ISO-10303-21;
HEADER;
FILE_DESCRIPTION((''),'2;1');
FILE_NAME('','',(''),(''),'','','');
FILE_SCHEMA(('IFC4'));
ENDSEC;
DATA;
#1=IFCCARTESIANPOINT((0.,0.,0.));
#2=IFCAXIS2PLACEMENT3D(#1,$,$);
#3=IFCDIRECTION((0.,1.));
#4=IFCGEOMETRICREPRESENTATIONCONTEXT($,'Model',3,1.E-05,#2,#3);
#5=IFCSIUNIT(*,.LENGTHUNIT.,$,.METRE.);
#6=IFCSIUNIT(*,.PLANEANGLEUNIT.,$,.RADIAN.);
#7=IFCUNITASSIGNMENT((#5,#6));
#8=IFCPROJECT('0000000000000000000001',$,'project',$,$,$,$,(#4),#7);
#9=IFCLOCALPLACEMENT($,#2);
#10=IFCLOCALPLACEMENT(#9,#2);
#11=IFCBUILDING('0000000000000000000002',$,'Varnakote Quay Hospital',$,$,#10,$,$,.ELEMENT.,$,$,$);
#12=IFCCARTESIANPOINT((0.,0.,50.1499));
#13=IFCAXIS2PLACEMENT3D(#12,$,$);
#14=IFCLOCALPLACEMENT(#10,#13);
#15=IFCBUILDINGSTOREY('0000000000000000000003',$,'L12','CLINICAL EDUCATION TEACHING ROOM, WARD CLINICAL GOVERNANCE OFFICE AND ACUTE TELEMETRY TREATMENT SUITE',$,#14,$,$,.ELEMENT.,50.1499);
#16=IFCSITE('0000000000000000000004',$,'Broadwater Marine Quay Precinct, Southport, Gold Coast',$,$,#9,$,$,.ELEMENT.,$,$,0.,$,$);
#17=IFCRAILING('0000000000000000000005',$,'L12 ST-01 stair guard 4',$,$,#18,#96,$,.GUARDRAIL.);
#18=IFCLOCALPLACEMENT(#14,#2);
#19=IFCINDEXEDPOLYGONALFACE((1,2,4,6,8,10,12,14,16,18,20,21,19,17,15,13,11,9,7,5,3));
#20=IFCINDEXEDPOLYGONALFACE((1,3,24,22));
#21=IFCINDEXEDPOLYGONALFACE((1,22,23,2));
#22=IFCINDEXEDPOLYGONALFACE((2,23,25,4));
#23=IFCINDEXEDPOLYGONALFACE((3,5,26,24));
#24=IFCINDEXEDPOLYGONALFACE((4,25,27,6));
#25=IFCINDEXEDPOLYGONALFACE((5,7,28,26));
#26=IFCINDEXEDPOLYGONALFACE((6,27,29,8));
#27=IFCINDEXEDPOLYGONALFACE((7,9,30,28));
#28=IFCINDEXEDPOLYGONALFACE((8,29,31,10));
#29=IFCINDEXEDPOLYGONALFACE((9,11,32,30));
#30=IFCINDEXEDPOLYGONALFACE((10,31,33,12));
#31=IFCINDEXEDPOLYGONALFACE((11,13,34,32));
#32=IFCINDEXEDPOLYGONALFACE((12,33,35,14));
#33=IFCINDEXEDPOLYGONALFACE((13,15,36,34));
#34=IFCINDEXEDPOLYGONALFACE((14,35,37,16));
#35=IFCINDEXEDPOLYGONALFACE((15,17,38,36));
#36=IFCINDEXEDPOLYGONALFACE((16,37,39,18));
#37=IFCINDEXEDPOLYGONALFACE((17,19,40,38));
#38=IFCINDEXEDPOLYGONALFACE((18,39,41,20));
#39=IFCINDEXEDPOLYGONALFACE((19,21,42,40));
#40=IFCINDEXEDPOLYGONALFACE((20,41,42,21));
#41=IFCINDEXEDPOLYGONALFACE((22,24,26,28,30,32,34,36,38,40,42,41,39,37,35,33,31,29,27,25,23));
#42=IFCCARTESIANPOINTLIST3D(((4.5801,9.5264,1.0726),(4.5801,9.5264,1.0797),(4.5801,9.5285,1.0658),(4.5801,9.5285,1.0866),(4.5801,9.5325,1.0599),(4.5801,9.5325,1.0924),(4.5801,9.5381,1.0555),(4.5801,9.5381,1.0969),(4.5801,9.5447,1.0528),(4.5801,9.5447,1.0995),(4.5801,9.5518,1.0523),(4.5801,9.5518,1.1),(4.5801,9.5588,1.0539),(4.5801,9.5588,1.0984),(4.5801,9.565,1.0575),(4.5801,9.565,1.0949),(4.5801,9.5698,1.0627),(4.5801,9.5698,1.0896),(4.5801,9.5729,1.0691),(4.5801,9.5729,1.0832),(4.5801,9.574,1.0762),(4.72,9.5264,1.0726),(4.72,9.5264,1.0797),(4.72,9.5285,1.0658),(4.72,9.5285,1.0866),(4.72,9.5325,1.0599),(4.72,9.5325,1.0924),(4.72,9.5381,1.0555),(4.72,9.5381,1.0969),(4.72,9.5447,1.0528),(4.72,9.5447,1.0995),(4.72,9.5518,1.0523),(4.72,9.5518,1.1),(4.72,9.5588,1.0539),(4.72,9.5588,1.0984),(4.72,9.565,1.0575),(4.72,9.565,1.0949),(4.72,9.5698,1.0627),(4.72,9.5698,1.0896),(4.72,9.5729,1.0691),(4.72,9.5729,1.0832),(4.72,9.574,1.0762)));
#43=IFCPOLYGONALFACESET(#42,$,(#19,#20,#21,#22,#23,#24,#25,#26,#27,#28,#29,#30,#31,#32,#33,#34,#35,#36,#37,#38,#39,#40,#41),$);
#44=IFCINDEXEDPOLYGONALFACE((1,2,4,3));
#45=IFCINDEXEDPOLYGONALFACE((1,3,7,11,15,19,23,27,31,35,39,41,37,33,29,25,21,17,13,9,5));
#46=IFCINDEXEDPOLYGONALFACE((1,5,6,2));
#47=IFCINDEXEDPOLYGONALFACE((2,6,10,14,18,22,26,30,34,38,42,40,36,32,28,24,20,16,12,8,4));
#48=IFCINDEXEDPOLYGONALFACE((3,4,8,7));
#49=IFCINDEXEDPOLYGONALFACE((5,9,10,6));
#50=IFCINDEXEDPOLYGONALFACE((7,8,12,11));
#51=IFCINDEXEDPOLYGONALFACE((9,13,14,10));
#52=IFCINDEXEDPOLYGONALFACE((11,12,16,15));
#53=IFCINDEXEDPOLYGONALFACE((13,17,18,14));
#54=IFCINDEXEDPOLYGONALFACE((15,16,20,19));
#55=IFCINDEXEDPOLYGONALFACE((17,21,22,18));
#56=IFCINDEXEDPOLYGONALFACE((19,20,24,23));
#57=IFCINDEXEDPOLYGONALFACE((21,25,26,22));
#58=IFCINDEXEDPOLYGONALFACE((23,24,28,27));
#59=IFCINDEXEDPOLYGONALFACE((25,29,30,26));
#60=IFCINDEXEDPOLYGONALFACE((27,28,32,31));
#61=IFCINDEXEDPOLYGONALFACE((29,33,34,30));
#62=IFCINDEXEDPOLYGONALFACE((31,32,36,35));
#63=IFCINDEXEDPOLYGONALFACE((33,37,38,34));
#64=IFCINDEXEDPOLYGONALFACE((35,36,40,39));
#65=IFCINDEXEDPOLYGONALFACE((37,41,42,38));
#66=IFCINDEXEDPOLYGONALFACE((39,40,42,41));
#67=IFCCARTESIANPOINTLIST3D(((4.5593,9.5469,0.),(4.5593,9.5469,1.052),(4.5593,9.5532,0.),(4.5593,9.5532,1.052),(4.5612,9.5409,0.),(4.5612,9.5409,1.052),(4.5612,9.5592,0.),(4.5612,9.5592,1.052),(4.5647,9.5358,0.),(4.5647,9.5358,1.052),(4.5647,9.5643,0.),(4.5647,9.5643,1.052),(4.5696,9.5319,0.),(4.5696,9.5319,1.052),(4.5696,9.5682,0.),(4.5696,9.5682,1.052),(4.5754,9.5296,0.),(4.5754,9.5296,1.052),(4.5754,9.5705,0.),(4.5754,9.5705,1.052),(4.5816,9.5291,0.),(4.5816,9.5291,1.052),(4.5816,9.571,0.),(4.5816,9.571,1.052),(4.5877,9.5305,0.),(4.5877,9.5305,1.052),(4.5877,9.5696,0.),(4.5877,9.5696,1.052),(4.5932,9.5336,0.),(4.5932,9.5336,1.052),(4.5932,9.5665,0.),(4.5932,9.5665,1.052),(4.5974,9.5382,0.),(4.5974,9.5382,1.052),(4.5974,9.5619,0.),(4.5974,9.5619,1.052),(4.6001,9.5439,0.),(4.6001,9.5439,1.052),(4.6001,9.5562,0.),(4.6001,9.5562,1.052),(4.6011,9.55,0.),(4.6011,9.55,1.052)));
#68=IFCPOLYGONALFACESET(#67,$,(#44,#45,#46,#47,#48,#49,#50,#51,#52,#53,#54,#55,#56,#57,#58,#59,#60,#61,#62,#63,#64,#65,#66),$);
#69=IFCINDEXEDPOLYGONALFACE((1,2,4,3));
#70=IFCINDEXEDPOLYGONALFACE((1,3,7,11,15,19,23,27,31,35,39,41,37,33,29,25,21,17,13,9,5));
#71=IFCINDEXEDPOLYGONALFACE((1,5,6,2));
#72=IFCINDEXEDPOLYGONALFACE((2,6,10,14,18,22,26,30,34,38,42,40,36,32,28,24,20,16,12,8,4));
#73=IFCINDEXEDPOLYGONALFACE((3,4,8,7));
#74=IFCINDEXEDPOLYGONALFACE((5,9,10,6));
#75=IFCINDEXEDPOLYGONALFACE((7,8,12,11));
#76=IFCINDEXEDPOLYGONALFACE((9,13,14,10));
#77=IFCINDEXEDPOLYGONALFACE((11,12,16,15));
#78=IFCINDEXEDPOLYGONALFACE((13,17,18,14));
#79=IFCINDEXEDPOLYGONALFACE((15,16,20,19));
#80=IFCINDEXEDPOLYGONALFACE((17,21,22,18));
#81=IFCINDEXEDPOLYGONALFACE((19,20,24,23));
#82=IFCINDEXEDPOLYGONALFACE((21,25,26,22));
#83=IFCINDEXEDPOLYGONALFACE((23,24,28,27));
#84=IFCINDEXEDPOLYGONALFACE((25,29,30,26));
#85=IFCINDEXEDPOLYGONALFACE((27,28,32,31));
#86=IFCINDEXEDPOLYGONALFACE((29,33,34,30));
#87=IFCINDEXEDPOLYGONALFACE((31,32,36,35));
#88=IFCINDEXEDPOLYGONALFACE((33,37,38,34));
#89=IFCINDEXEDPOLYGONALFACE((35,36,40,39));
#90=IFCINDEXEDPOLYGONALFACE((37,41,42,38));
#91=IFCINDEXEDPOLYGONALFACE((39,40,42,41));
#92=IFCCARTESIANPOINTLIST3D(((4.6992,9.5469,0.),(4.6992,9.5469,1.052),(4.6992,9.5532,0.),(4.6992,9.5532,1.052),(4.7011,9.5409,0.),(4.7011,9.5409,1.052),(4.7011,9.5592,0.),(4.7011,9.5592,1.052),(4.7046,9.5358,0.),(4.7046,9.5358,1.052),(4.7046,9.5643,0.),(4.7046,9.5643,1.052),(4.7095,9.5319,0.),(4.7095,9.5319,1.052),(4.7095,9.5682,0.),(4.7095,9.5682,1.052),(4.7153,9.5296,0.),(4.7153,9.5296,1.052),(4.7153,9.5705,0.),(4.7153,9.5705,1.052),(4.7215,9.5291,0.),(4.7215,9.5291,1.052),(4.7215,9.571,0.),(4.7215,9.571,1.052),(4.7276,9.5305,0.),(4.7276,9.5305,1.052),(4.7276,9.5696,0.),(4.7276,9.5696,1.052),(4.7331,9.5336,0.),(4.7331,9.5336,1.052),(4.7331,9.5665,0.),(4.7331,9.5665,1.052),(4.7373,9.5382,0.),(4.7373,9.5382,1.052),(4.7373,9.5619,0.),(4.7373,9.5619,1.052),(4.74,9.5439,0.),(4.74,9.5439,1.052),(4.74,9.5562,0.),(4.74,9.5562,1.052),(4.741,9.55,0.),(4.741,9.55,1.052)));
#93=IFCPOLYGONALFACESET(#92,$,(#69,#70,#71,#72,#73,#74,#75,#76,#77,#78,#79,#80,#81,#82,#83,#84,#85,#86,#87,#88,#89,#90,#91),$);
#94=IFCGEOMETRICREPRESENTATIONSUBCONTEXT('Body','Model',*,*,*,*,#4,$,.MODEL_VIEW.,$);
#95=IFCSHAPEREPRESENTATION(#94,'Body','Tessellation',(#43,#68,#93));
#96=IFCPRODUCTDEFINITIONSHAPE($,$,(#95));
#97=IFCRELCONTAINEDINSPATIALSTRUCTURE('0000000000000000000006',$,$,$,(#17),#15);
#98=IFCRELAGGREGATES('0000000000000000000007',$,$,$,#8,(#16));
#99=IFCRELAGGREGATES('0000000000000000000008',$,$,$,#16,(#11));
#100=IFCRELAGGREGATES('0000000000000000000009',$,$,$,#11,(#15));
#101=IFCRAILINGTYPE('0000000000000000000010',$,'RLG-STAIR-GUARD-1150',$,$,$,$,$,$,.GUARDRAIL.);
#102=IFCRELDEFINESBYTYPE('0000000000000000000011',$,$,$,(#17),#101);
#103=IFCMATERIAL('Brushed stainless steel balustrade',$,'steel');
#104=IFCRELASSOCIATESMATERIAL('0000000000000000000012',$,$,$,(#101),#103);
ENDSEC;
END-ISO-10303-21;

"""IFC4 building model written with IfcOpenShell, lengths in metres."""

from ifc_helpers import new_model, si_unit, direction, frame, origin, origin_2d, place, context, subcontext, project, spatial, circle, extrude, material, type_object, element, save


model = new_model("IFC4")

# Units and contexts
model_context = context("Model", 3, precision=1e-05, world=origin(), true_north=direction((0.0, 1.0)))
body_context = subcontext(model_context, "Body", "Model", "MODEL_VIEW")
ifc_project = project(units=[si_unit("LENGTHUNIT", "METRE"), si_unit("PLANEANGLEUNIT", "RADIAN")], contexts=[model_context])

# Site, building, storey
site_placement = place(None, origin())
site = spatial("IfcSite", under=ifc_project, at=site_placement, Name="Broadwater Marine Quay Precinct, Southport, Gold Coast", CompositionType="ELEMENT", RefElevation=0.0)
building_placement = place(site_placement, origin())
building = spatial("IfcBuilding", under=site, at=building_placement, Name="Varnakote Quay Hospital", CompositionType="ELEMENT")
storey_placement = place(building_placement, frame((0.0, 0.0, 50.1499)))
storey = spatial("IfcBuildingStorey", under=building, at=storey_placement, Name="L12", Description="CLINICAL EDUCATION TEACHING ROOM, WARD CLINICAL GOVERNANCE OFFICE AND ACUTE TELEMETRY TREATMENT SUITE", CompositionType="ELEMENT", Elevation=50.1499)

# Railing
ifc_material_1 = material(Name="Brushed stainless steel balustrade", Category="steel")
railing_type_1 = type_object("IfcRailingType", Name="RLG-STAIR-GUARD-1150", PredefinedType="GUARDRAIL", material=ifc_material_1)
railing_1_placement = place(storey_placement, frame((4.5801, 9.55, 0.0)))
element("IfcRailing", 1, at=railing_1_placement, inside=storey, type_object=railing_type_1, Name="L12 ST-01 stair guard 4", PredefinedType="GUARDRAIL", context=body_context, shape_type="SweptSolid", body=[
    extrude(circle(Radius=0.0239, at=origin_2d()), frame((0.0, 0.0, 1.0762), z_axis=(1.0, 0.0, 0.0), x_axis=(0.0, 1.0, 0.0)), (0.0, 0.0, 1.0), 0.1399),
    extrude(circle(Radius=0.021, at=origin_2d()), origin(), (0.0, 0.0, 1.0), 1.052),
    extrude(circle(Radius=0.021, at=origin_2d()), frame((0.1399, 0.0, 0.0)), (0.0, 0.0, 1.0), 1.052),
])

save(model, "model.ifc")
